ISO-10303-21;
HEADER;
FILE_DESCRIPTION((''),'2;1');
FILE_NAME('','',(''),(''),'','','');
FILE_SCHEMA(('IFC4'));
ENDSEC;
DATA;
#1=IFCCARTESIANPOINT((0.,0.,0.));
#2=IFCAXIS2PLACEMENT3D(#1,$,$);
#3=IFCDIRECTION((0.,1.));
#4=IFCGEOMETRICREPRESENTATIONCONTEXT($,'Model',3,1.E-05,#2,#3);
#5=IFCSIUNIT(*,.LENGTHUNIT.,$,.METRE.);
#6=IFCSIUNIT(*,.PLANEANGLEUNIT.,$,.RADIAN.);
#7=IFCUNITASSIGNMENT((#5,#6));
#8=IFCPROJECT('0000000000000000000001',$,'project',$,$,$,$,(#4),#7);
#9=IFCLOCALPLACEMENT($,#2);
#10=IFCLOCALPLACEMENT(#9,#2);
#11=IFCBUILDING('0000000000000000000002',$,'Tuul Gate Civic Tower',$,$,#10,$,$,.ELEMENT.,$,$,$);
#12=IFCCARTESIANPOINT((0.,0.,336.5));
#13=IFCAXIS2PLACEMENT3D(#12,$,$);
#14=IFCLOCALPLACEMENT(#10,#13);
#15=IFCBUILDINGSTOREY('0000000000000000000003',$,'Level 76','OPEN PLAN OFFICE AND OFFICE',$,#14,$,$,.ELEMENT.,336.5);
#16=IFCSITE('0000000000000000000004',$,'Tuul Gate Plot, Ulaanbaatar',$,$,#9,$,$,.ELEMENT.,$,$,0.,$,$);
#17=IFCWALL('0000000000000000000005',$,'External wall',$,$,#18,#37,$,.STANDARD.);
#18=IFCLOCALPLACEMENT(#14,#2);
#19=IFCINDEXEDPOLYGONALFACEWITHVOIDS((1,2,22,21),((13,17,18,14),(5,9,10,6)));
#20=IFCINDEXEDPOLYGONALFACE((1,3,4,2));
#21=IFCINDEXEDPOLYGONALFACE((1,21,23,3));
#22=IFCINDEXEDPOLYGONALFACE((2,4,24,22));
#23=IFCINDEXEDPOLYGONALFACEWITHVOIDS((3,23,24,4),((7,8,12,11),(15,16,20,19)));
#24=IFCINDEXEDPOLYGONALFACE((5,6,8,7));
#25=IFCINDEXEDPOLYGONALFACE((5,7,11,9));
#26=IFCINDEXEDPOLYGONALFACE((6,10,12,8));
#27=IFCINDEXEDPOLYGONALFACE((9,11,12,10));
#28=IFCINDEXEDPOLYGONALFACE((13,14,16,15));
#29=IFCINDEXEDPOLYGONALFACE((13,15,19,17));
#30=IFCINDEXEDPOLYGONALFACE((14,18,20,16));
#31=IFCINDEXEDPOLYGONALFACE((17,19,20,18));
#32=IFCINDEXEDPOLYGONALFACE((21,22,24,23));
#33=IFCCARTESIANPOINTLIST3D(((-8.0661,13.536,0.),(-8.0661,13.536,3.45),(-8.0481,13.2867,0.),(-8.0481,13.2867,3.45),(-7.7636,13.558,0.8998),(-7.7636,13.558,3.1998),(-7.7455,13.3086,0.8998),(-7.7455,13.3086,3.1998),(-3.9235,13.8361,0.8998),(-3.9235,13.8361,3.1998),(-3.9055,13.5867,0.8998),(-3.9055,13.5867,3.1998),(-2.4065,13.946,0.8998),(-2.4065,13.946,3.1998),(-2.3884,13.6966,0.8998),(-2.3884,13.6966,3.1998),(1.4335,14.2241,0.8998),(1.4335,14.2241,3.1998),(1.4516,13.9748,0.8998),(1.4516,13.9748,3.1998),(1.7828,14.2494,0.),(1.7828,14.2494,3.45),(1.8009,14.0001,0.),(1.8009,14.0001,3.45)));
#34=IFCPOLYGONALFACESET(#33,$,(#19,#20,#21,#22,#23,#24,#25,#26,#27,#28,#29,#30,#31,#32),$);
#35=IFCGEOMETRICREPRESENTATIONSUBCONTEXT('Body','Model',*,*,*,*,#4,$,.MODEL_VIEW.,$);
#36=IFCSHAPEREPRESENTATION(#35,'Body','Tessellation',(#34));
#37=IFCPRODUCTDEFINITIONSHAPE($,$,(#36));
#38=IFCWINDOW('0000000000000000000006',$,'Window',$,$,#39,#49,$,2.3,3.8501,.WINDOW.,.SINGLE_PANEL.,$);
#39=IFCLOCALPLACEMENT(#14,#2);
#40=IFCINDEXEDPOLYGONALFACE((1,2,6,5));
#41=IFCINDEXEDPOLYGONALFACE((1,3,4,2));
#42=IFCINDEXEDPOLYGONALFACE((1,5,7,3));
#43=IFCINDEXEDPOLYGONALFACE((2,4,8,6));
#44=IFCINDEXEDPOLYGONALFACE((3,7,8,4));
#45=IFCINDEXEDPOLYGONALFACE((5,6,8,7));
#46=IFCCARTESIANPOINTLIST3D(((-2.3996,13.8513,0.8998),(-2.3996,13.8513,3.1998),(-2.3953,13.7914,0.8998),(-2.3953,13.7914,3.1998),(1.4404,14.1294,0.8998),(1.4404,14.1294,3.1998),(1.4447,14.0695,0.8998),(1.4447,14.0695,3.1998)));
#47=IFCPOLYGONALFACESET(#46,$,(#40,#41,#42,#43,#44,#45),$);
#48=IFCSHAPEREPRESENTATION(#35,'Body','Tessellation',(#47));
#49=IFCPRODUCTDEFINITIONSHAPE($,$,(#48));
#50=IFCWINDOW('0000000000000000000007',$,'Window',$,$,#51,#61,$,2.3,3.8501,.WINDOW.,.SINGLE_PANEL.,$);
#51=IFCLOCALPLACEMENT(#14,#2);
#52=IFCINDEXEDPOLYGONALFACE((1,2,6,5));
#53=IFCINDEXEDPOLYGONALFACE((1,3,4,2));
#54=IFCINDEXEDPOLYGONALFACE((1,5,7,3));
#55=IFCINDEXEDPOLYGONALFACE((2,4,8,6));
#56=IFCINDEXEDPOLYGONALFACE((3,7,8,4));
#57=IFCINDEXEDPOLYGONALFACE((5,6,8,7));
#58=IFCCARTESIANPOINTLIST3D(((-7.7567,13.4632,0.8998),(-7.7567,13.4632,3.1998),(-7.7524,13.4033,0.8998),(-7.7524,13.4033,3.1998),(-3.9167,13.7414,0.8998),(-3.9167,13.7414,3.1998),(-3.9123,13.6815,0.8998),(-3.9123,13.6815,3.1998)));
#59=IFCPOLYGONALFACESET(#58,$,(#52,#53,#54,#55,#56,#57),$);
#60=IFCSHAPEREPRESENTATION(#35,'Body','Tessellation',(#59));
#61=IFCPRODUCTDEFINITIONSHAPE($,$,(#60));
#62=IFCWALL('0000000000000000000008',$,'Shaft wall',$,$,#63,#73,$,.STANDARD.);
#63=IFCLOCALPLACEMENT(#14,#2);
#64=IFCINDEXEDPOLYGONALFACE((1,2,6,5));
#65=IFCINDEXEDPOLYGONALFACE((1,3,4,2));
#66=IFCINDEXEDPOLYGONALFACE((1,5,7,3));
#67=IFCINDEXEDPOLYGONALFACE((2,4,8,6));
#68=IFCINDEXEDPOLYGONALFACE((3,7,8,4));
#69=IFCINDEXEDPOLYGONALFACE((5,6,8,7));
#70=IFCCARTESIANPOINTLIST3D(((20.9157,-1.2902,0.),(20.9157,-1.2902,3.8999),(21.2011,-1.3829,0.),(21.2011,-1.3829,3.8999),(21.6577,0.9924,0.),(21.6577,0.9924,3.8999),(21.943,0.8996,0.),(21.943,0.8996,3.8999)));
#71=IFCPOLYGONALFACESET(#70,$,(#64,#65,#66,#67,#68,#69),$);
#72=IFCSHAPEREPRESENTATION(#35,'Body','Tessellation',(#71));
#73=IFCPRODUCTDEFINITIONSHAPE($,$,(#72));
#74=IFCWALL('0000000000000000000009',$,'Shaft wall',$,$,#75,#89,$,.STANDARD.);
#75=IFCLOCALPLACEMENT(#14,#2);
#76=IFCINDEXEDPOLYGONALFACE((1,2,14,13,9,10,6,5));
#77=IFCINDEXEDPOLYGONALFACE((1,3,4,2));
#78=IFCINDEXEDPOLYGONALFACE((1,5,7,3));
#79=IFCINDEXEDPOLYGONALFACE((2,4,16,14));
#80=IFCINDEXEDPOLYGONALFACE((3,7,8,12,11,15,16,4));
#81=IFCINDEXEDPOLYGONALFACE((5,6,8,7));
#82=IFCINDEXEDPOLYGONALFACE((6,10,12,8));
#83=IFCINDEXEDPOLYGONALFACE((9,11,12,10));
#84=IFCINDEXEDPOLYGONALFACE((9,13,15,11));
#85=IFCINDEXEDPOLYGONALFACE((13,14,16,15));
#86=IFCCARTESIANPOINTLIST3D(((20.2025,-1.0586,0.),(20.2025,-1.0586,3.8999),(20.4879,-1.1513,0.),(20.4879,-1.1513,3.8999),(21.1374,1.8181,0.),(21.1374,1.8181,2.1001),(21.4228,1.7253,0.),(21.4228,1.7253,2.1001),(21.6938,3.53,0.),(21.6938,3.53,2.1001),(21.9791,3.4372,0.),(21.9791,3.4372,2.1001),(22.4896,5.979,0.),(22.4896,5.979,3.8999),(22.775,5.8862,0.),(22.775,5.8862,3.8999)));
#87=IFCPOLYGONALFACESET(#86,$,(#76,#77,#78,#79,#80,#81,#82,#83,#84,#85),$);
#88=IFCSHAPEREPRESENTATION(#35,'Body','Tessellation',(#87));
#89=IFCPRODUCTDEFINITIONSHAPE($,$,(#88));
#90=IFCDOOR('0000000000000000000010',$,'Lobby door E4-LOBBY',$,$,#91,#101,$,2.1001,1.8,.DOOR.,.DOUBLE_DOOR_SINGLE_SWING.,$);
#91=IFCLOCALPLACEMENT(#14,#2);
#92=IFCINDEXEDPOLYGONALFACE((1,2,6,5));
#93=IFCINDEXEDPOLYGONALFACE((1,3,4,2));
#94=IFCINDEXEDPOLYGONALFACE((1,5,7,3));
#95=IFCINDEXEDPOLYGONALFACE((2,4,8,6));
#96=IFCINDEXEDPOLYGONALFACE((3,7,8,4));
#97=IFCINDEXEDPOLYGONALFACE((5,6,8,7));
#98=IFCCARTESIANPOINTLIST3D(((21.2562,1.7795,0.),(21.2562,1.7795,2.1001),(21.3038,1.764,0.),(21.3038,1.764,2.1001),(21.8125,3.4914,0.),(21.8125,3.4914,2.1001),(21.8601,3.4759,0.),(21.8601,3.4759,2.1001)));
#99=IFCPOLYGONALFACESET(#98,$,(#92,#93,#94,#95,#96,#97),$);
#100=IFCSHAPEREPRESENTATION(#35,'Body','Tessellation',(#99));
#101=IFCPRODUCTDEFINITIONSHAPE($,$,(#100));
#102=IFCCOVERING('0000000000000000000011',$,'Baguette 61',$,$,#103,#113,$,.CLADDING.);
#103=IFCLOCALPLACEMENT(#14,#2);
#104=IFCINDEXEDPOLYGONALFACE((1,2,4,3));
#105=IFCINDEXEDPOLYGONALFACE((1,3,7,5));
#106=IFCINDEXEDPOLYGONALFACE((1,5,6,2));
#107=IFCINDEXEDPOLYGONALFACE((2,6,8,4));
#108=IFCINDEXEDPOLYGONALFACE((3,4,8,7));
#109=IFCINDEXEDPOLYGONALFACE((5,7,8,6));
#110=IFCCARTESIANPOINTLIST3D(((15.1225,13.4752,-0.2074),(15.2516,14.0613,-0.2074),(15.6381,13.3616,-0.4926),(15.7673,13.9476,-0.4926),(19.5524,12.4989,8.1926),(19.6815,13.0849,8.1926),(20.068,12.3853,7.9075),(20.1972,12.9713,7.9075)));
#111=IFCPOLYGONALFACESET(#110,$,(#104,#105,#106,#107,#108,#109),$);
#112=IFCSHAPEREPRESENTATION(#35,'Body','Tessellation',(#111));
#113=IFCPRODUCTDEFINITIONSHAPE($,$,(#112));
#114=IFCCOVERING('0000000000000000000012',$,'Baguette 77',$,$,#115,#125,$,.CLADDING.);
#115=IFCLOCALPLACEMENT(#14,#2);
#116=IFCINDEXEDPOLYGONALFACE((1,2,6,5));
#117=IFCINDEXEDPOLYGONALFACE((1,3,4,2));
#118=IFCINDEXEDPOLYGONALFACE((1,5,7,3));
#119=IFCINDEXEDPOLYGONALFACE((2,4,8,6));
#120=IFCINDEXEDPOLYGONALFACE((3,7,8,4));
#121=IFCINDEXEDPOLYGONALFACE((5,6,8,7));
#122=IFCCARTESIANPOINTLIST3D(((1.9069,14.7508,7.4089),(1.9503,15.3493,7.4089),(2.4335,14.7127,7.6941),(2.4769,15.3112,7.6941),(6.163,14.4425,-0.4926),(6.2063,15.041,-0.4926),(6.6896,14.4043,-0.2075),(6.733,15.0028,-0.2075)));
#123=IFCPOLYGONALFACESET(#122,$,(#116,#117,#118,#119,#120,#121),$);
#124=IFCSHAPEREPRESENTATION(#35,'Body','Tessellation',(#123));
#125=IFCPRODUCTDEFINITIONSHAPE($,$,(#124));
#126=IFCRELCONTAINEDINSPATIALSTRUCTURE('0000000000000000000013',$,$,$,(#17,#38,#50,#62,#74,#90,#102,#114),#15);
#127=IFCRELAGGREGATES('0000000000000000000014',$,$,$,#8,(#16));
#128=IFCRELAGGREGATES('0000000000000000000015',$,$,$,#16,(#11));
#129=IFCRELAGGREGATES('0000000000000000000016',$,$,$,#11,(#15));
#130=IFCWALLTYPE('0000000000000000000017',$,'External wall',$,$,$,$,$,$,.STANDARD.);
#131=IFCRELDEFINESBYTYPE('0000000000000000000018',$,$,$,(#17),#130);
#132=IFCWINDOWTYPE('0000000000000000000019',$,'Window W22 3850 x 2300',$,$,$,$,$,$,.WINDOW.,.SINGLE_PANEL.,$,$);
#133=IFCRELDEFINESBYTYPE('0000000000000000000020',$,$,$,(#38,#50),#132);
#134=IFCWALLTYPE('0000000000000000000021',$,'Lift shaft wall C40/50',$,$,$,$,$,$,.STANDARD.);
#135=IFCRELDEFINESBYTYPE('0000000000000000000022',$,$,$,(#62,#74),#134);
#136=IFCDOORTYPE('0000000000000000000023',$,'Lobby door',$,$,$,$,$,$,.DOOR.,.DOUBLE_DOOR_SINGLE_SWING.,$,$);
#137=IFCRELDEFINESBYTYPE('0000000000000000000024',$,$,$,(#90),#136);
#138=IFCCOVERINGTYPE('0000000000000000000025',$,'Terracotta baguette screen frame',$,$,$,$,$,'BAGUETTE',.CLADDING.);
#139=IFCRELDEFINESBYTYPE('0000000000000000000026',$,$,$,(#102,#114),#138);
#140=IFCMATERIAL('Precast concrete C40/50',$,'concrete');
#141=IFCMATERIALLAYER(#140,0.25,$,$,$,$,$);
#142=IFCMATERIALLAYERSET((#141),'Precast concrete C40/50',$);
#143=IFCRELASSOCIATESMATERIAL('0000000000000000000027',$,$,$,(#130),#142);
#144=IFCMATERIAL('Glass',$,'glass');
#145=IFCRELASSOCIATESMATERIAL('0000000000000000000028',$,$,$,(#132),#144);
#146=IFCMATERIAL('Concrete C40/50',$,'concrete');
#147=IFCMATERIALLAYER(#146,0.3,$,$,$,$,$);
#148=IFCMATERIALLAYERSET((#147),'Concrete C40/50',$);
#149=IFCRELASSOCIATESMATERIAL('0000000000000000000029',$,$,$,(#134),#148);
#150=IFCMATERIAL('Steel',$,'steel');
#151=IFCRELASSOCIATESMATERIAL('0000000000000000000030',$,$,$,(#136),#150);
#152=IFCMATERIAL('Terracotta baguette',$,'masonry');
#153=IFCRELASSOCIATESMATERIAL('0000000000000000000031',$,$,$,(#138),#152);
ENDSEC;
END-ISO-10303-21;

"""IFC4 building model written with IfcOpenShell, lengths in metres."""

from ifc_helpers import new_model, si_unit, direction, frame, frame_2d, origin, origin_2d, place, context, subcontext, project, spatial, rectangle, extrude, material, layer, layer_set, material_profile, profile_set, type_object, element, fill, save


model = new_model("IFC4")

# Units and contexts
model_context = context("Model", 3, precision=1e-05, world=origin(), true_north=direction((0.0, 1.0)))
body_context = subcontext(model_context, "Body", "Model", "MODEL_VIEW")
ifc_project = project(units=[si_unit("LENGTHUNIT", "METRE"), si_unit("PLANEANGLEUNIT", "RADIAN")], contexts=[model_context])

# Site, building, storey
site_placement = place(None, origin())
site = spatial("IfcSite", under=ifc_project, at=site_placement, Name="Tuul Gate Plot, Ulaanbaatar", CompositionType="ELEMENT", RefElevation=0.0)
building_placement = place(site_placement, origin())
building = spatial("IfcBuilding", under=site, at=building_placement, Name="Tuul Gate Civic Tower", CompositionType="ELEMENT")
storey_placement = place(building_placement, frame((0.0, 0.0, 336.5)))
storey = spatial("IfcBuildingStorey", under=building, at=storey_placement, Name="Level 76", Description="OPEN PLAN OFFICE AND OFFICE", CompositionType="ELEMENT", Elevation=336.5)

# Wall, openings, windows
ifc_material_1 = material(Name="Precast concrete C40/50", Category="concrete")
ifc_layer_1 = layer(ifc_material_1, 0.25)
ifc_layer_set_1 = layer_set([ifc_layer_1], Name="Precast concrete C40/50")
wall_type_1 = type_object("IfcWallType", Name="External wall", PredefinedType="STANDARD", material=ifc_layer_set_1)
ifc_material_2 = material(Name="Glass", Category="glass")
window_type = type_object("IfcWindowType", Name="Window W22 3850 x 2300", PartitioningType="SINGLE_PANEL", PredefinedType="WINDOW", material=ifc_material_2)
wall_1_placement = place(storey_placement, frame((1.792, 14.1248, 0.0), z_axis=(0.0, 0.0, 1.0), x_axis=(-0.997387, -0.072243, 0.0)))
wall_1 = element("IfcWall", 1, at=wall_1_placement, inside=storey, type_object=wall_type_1, Name="External wall", PredefinedType="STANDARD", context=body_context, shape_type="SweptSolid", body=[
    extrude(rectangle(XDim=9.8748, YDim=0.25, at=frame_2d((4.9375, 0.0))), origin(), (0.0, 0.0, 1.0), 3.45),
])
opening_1_placement = place(wall_1_placement, frame((0.3503, 0.0, 0.8999)))
opening_1 = element("IfcOpeningElement", 2, at=opening_1_placement, cuts=wall_1, PredefinedType="OPENING", context=body_context, shape_type="SweptSolid", body=[
    extrude(rectangle(XDim=3.8501, YDim=2.3, at=frame_2d((1.925, 1.1499))), frame((0.0, 0.135, 0.0), z_axis=(0.0, -1.0, 0.0), x_axis=(1.0, 0.0, 0.0)), (0.0, 0.0, 1.0), 0.27),
])
opening_2_placement = place(wall_1_placement, frame((5.7214, 0.0, 0.8999)))
opening_2 = element("IfcOpeningElement", 3, at=opening_2_placement, cuts=wall_1, PredefinedType="OPENING", context=body_context, shape_type="SweptSolid", body=[
    extrude(rectangle(XDim=3.8501, YDim=2.3, at=frame_2d((1.925, 1.1499))), frame((0.0, 0.135, 0.0), z_axis=(0.0, -1.0, 0.0), x_axis=(1.0, 0.0, 0.0)), (0.0, 0.0, 1.0), 0.27),
])
window_1_placement = place(opening_1_placement, origin())
window_1 = element("IfcWindow", 4, at=window_1_placement, inside=storey, type_object=window_type, Name="Window", OverallHeight=2.3, OverallWidth=3.8501, PartitioningType="SINGLE_PANEL", PredefinedType="WINDOW", context=body_context, shape_type="SweptSolid", body=[
    extrude(rectangle(XDim=3.8501, YDim=2.3, at=frame_2d((1.925, 1.1499))), frame((0.0, 0.03, 0.0), z_axis=(0.0, -1.0, 0.0), x_axis=(1.0, 0.0, 0.0)), (0.0, 0.0, 1.0), 0.0601),
])
fill(opening_1, window_1)
window_2_placement = place(opening_2_placement, origin())
window_2 = element("IfcWindow", 5, at=window_2_placement, inside=storey, type_object=window_type, Name="Window", OverallHeight=2.3, OverallWidth=3.8501, PartitioningType="SINGLE_PANEL", PredefinedType="WINDOW", context=body_context, shape_type="SweptSolid", body=[
    extrude(rectangle(XDim=3.8501, YDim=2.3, at=frame_2d((1.925, 1.1499))), frame((0.0, 0.03, 0.0), z_axis=(0.0, -1.0, 0.0), x_axis=(1.0, 0.0, 0.0)), (0.0, 0.0, 1.0), 0.0601),
])
fill(opening_2, window_2)

# Wall
ifc_material_3 = material(Name="Concrete C40/50", Category="concrete")
ifc_layer_2 = layer(ifc_material_3, 0.3)
ifc_layer_set_2 = layer_set([ifc_layer_2], Name="Concrete C40/50")
wall_type_2 = type_object("IfcWallType", Name="Lift shaft wall C40/50", PredefinedType="STANDARD", material=ifc_layer_set_2)
wall_2_placement = place(storey_placement, frame((21.0583, -1.3367, 0.0), z_axis=(0.0, 0.0, 1.0), x_axis=(0.309139, 0.951017, 0.0)))
element("IfcWall", 6, at=wall_2_placement, inside=storey, type_object=wall_type_2, Name="Shaft wall", PredefinedType="STANDARD", context=body_context, shape_type="SweptSolid", body=[
    extrude(rectangle(XDim=2.4001, YDim=0.3, at=frame_2d((1.2002, 0.0))), origin(), (0.0, 0.0, 1.0), 3.8999),
])

# Wall, opening, door
wall_3_placement = place(storey_placement, frame((20.3452, -1.105, 0.0), z_axis=(0.0, 0.0, 1.0), x_axis=(0.309073, 0.951038, 0.0)))
wall_3 = element("IfcWall", 7, at=wall_3_placement, inside=storey, type_object=wall_type_2, Name="Shaft wall", PredefinedType="STANDARD", context=body_context, shape_type="SweptSolid", body=[
    extrude(rectangle(XDim=7.3999, YDim=0.3, at=frame_2d((3.7, 0.0))), origin(), (0.0, 0.0, 1.0), 3.8999),
])
opening_3_placement = place(wall_3_placement, frame((3.0249, 0.0, 0.0)))
opening_3 = element("IfcOpeningElement", 8, at=opening_3_placement, cuts=wall_3, PredefinedType="OPENING", context=body_context, shape_type="SweptSolid", body=[
    extrude(rectangle(XDim=1.8, YDim=2.1001, at=frame_2d((0.8999, 1.05))), frame((0.0, 0.1602, 0.0), z_axis=(0.0, -1.0, 0.0), x_axis=(1.0, 0.0, 0.0)), (0.0, 0.0, 1.0), 0.3201),
])
ifc_material_4 = material(Name="Steel", Category="steel")
door_type_1 = type_object("IfcDoorType", Name="Lobby door", OperationType="DOUBLE_DOOR_SINGLE_SWING", PredefinedType="DOOR", material=ifc_material_4)
door_1_placement = place(opening_3_placement, frame((1.8, 0.0, 0.0), z_axis=(0.0, 0.0, 1.0), x_axis=(-1.0, 0.0, 0.0)))
door_1 = element("IfcDoor", 9, at=door_1_placement, inside=storey, type_object=door_type_1, Name="Lobby door E4-LOBBY", OperationType="DOUBLE_DOOR_SINGLE_SWING", OverallHeight=2.1001, OverallWidth=1.8, PredefinedType="DOOR", context=body_context, shape_type="SweptSolid", body=[
    extrude(rectangle(XDim=1.8, YDim=2.1001, at=frame_2d((0.9001, 1.05))), frame((0.0, 0.0249, 0.0), z_axis=(0.0, -1.0, 0.0), x_axis=(1.0, 0.0, 0.0)), (0.0, 0.0, 1.0), 0.05),
])
fill(opening_3, door_1)

# Coverings
ifc_material_5 = material(Name="Terracotta baguette", Category="masonry")
ifc_material_profile_1 = material_profile(ifc_material_5, rectangle(XDim=0.6001, YDim=0.6001, at=origin_2d()), Name="Terracotta baguette screen frame")
ifc_profile_set_1 = profile_set([ifc_material_profile_1], Name="Terracotta baguette")
covering_type = type_object("IfcCoveringType", Name="Terracotta baguette screen frame", ElementType="BAGUETTE", PredefinedType="CLADDING", material=ifc_profile_set_1)
covering_1_placement = place(storey_placement, frame((19.8748, 12.7351, 8.05), z_axis=(-0.464026, 0.102267, -0.879898), x_axis=(-0.215226, -0.976564, 0.0)))
element("IfcCovering", 10, at=covering_1_placement, inside=storey, type_object=covering_type, Name="Baguette 61", PredefinedType="CLADDING", context=body_context, shape_type="SweptSolid", body=[
    extrude(rectangle(XDim=0.6001, YDim=0.6001, at=origin_2d()), origin(), (0.0, 0.0, 1.0), 9.5466),
])
covering_2_placement = place(storey_placement, frame((2.1919, 15.031, 7.5515), z_axis=(0.47394, -0.034336, -0.879887), x_axis=(0.072259, 0.997386, 0.0)))
element("IfcCovering", 11, at=covering_2_placement, inside=storey, type_object=covering_type, Name="Baguette 77", PredefinedType="CLADDING", context=body_context, shape_type="SweptSolid", body=[
    extrude(rectangle(XDim=0.6001, YDim=0.6001, at=origin_2d()), origin(), (0.0, 0.0, 1.0), 8.9802),
])

save(model, "model.ifc")
